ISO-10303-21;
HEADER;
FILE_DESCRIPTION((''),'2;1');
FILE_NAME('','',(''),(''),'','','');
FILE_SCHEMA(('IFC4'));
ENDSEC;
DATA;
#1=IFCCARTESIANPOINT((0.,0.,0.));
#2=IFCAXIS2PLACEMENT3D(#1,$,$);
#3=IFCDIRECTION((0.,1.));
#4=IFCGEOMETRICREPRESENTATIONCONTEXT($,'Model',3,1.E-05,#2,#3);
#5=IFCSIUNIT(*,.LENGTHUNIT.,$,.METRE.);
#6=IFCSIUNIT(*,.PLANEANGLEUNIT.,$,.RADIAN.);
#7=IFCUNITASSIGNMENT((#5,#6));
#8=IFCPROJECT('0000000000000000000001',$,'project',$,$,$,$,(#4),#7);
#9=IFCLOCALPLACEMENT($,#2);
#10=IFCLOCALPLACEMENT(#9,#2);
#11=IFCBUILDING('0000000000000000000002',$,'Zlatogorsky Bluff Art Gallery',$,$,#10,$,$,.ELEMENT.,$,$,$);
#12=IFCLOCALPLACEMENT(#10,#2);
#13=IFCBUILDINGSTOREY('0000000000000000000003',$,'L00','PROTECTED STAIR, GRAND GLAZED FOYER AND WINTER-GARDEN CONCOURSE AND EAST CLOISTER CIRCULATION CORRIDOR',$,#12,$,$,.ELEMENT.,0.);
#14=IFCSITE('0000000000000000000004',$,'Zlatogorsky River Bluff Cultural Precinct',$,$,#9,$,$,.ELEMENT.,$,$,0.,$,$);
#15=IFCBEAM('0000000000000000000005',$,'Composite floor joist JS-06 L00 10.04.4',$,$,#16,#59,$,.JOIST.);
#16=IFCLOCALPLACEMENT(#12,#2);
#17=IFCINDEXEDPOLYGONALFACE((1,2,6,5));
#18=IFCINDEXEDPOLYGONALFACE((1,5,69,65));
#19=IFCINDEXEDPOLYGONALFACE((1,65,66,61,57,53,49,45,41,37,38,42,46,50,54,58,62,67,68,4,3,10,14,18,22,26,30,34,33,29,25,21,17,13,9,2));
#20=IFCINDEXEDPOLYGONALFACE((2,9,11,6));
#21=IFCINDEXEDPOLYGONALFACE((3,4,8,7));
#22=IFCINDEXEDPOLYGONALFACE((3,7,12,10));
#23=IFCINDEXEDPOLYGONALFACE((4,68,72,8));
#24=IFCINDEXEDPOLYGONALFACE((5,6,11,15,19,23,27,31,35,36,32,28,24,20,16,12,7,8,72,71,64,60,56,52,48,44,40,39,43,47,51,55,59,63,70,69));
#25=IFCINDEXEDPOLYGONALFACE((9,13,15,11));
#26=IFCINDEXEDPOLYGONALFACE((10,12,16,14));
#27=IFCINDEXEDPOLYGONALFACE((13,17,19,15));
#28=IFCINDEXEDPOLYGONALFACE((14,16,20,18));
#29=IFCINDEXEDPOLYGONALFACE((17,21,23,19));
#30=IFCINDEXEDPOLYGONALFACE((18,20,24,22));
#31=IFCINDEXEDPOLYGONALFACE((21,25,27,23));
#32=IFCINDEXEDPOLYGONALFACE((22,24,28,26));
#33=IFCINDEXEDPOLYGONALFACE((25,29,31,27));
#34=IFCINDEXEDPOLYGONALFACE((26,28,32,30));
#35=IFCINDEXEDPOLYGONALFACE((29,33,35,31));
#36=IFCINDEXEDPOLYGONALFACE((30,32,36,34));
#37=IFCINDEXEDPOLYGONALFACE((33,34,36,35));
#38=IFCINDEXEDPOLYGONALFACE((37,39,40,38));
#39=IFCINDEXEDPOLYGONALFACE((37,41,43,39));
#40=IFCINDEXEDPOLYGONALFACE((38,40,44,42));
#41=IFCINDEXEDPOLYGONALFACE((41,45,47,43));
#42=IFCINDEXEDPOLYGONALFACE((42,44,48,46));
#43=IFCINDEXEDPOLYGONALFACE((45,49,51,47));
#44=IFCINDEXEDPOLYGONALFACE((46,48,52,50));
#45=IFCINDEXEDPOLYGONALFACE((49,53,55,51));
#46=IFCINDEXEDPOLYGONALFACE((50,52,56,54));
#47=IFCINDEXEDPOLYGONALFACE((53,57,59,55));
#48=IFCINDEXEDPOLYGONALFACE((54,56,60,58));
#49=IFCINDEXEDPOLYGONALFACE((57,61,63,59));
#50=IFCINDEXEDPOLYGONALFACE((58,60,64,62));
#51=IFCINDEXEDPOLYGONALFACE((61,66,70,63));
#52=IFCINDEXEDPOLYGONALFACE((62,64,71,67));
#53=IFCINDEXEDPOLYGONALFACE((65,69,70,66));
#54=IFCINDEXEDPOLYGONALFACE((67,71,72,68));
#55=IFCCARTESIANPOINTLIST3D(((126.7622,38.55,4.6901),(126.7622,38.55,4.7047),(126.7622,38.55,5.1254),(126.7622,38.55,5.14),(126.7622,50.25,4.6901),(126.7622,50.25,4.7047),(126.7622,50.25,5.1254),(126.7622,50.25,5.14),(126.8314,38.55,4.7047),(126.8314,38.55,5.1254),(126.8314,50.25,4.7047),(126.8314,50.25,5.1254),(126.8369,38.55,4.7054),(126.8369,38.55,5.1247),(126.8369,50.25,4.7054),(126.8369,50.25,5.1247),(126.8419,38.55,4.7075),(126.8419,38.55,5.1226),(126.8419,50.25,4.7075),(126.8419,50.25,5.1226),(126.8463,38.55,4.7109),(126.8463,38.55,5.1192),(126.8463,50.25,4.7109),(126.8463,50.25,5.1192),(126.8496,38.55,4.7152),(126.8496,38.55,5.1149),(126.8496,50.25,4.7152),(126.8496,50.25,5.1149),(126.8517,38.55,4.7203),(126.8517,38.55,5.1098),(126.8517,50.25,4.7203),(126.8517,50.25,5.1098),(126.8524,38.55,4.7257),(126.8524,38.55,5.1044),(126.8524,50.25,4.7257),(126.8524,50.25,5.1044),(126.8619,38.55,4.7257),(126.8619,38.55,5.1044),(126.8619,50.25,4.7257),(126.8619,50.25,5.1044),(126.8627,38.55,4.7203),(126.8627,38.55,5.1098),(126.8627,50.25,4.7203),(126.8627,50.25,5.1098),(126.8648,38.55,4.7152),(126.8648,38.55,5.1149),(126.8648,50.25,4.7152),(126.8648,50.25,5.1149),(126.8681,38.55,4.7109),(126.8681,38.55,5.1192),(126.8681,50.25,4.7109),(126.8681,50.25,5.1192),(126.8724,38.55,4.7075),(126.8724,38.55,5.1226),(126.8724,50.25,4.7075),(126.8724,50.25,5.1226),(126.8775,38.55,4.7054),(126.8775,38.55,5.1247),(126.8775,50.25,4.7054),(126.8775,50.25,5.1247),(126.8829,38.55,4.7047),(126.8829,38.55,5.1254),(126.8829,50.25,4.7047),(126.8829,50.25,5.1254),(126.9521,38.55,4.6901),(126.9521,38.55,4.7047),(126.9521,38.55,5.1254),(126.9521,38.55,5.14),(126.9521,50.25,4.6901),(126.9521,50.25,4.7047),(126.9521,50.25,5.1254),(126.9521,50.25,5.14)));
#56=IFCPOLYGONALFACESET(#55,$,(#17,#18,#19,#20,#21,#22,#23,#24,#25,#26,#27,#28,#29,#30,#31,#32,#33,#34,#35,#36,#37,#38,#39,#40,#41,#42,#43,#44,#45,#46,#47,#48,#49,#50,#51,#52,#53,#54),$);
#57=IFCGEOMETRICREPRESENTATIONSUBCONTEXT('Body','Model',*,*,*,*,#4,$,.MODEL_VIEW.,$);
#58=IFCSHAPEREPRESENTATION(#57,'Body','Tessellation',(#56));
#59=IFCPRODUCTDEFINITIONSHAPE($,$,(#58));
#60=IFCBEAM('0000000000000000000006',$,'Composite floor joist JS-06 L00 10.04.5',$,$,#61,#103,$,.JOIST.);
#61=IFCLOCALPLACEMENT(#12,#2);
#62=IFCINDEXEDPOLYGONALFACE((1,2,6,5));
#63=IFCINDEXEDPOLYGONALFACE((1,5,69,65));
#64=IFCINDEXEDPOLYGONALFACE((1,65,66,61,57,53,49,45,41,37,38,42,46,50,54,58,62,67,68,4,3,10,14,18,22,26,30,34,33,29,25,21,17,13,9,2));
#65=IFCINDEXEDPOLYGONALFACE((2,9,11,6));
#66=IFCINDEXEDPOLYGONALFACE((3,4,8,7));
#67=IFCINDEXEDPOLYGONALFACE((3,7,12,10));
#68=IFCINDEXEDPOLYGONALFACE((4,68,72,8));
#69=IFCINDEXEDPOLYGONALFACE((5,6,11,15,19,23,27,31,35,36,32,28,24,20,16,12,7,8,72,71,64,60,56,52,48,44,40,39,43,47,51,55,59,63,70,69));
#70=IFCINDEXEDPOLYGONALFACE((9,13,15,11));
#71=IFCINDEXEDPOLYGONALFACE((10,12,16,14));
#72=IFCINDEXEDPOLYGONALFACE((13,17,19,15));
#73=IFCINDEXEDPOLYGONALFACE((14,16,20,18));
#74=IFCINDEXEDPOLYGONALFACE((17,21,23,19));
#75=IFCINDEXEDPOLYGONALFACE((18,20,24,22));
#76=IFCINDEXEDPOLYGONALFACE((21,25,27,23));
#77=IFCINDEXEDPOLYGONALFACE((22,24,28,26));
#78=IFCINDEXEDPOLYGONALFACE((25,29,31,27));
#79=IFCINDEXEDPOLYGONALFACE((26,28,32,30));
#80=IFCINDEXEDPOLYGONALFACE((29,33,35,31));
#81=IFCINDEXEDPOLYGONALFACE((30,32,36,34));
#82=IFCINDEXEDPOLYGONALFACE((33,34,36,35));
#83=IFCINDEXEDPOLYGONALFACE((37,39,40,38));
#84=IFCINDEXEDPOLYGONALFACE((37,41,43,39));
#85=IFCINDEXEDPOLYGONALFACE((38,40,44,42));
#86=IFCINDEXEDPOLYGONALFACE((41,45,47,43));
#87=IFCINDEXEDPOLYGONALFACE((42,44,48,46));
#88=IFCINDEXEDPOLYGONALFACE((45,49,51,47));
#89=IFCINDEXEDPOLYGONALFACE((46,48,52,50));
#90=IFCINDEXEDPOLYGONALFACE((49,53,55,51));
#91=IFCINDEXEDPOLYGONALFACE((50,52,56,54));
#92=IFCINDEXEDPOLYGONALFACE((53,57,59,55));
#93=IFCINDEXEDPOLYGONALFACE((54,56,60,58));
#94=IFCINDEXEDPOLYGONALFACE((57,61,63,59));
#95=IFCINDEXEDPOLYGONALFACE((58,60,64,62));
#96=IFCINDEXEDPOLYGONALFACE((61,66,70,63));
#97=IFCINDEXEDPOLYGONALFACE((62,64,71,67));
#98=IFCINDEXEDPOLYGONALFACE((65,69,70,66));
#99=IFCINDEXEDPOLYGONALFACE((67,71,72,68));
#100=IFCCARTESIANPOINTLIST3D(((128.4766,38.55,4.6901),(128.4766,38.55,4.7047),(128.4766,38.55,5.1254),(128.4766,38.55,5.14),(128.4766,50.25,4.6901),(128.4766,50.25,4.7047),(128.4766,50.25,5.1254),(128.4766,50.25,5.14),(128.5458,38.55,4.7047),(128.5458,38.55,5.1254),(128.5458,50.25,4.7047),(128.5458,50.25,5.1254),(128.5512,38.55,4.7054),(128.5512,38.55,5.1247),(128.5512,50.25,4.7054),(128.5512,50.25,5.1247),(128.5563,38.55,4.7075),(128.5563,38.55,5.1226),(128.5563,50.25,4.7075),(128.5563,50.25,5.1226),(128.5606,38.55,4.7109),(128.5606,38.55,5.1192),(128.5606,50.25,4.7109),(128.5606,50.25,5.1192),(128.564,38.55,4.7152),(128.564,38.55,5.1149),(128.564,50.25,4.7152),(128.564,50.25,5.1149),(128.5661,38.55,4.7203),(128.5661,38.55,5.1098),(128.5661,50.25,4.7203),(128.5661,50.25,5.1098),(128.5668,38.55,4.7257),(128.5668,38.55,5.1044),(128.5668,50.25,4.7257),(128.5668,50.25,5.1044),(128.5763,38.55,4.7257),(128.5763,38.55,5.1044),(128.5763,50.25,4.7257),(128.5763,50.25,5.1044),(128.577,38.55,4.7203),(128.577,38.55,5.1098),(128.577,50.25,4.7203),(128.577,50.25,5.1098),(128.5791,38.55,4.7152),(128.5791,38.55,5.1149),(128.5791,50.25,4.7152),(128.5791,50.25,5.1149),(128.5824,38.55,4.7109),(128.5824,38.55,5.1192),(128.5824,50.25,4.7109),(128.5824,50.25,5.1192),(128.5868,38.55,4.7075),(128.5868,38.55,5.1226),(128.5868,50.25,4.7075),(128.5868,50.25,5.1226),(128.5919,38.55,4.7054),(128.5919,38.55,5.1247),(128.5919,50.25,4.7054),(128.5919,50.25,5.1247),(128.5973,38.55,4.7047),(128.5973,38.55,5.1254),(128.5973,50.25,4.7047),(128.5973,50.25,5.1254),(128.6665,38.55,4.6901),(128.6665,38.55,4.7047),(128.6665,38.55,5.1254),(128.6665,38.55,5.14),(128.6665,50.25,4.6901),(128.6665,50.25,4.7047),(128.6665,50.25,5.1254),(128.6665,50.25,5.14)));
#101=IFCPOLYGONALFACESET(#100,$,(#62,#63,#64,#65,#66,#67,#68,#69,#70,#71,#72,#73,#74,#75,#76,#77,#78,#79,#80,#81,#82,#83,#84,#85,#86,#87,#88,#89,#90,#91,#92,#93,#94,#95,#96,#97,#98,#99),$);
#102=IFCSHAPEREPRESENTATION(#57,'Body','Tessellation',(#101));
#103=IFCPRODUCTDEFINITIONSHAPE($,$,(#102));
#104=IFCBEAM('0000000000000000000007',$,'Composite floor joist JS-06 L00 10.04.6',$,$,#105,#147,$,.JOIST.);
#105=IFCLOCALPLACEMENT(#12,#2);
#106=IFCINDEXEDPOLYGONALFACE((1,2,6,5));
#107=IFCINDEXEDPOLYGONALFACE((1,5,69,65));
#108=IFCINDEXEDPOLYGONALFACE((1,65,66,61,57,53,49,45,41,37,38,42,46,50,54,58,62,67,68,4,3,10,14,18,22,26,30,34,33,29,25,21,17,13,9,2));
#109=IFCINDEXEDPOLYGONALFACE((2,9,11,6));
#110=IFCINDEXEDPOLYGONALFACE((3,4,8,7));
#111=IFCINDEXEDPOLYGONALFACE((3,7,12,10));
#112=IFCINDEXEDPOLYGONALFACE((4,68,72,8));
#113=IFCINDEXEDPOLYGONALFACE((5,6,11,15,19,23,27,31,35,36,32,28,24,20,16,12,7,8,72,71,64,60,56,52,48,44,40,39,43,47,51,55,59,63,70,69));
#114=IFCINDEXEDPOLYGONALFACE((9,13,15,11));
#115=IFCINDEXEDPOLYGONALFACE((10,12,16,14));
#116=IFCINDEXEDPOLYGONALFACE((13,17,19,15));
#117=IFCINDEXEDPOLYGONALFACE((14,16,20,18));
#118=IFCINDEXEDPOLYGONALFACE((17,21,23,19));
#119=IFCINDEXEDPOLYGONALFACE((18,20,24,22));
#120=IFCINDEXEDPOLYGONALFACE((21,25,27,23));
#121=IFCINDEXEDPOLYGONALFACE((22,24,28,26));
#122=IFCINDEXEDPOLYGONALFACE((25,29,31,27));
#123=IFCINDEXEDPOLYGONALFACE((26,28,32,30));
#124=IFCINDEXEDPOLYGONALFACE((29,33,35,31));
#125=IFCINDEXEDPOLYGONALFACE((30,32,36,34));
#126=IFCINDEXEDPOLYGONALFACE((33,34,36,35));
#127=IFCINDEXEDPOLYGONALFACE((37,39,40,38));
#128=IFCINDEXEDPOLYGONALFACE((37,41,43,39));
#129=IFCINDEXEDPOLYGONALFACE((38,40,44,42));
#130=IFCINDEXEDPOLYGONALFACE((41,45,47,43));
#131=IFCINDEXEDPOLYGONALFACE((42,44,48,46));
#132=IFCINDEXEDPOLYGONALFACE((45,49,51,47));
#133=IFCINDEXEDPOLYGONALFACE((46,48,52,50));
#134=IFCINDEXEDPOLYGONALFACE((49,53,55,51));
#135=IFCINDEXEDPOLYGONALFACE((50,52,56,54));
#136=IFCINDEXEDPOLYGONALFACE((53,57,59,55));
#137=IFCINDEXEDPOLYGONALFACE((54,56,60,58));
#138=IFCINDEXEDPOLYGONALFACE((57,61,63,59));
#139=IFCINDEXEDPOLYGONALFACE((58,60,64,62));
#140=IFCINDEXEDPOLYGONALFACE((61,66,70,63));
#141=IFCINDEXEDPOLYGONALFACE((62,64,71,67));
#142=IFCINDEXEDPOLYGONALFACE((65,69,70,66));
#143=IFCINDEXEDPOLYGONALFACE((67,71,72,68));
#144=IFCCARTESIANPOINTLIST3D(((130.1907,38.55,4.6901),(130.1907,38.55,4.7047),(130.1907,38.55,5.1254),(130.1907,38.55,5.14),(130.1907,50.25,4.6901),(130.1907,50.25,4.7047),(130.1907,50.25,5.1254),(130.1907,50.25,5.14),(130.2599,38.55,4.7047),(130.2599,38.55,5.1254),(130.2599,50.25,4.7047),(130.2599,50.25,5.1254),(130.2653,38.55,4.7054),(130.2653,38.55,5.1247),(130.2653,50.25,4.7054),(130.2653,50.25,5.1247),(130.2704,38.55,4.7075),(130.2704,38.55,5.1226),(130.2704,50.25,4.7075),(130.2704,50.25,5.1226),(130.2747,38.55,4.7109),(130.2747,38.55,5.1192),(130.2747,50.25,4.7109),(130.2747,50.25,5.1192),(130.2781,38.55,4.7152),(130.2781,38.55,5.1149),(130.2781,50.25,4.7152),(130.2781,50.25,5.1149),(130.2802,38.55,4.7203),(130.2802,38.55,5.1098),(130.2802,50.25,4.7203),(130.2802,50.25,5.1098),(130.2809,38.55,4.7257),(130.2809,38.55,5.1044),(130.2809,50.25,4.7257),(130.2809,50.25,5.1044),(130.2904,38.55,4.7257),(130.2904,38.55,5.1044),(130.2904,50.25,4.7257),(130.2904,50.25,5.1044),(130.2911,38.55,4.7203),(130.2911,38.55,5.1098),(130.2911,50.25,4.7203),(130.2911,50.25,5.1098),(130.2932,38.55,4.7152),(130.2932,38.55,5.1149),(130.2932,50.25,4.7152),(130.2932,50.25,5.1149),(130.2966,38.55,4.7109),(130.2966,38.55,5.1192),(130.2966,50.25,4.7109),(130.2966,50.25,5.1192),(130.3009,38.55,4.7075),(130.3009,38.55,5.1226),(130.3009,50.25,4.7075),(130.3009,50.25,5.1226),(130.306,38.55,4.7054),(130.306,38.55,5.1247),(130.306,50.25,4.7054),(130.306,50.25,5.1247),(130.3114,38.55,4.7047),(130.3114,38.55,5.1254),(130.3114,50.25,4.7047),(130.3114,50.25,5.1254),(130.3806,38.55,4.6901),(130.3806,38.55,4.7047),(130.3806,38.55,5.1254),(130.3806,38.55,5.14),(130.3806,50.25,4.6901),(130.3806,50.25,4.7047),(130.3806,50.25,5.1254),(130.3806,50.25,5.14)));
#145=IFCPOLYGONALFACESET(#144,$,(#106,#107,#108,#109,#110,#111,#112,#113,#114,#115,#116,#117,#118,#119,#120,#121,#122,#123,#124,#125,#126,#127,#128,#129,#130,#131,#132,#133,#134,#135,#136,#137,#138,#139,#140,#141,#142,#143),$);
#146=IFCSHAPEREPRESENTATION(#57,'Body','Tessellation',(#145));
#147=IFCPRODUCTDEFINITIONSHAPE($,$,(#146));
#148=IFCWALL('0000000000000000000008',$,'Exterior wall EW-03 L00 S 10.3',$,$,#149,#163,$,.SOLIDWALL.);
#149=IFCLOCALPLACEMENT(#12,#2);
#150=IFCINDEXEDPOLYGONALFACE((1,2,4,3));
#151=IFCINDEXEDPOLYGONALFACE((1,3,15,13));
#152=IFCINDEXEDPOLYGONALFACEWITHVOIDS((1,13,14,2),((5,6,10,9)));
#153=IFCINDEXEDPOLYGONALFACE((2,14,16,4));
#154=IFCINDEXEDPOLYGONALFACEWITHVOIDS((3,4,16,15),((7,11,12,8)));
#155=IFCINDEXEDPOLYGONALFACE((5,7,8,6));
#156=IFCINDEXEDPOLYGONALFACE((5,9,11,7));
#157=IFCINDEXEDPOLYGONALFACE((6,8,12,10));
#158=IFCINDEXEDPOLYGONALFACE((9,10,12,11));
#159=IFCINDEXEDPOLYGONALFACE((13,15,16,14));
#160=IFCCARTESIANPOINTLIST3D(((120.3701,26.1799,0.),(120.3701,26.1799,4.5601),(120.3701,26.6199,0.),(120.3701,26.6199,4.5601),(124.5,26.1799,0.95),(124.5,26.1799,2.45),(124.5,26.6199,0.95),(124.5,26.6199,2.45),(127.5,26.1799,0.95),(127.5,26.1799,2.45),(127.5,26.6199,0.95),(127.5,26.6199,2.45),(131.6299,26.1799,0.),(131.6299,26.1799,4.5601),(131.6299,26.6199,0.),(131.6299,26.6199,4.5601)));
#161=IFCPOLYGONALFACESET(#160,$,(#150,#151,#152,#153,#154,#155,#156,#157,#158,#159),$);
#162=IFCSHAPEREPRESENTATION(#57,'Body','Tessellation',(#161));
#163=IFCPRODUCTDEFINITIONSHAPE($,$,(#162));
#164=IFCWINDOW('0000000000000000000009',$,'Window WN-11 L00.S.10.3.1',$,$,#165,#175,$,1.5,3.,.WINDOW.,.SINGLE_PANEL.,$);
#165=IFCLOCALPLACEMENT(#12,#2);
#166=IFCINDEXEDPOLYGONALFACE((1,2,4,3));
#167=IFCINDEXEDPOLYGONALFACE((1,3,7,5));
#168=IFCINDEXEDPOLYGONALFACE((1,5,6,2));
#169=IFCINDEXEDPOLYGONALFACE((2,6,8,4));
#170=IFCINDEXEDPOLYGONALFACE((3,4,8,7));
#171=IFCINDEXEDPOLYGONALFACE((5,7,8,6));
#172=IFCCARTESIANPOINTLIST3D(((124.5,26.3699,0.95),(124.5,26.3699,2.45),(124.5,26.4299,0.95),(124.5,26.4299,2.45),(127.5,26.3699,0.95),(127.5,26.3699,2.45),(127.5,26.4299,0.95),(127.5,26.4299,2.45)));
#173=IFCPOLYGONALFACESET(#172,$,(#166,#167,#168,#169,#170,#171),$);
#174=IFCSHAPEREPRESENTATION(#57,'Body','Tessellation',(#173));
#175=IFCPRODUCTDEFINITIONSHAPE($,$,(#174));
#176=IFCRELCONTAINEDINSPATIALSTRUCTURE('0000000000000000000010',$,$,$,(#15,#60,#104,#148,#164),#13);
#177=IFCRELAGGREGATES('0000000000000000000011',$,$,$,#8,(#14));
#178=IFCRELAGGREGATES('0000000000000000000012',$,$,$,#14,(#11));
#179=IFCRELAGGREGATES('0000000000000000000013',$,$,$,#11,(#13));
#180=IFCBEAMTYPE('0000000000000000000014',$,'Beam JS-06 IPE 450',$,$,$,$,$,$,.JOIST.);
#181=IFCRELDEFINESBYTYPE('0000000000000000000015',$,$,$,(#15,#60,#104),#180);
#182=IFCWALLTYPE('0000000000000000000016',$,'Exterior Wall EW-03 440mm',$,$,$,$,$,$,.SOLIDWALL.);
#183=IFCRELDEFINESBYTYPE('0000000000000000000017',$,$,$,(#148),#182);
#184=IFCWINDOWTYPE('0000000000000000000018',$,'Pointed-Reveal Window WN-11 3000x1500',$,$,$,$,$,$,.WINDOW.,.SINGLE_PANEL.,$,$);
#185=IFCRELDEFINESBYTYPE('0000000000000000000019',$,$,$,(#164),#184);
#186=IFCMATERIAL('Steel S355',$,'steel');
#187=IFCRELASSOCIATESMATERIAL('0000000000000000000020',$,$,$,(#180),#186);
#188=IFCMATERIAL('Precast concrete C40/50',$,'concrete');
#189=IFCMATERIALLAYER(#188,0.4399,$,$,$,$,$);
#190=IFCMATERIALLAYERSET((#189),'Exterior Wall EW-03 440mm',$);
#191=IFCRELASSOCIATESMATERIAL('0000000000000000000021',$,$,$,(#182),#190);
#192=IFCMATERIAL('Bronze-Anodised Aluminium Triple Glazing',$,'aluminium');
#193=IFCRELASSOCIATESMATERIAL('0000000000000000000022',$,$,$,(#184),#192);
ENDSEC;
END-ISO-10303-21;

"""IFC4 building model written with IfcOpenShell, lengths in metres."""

from ifc_helpers import new_model, si_unit, direction, frame, frame_2d, origin, origin_2d, place, context, subcontext, project, spatial, rectangle, i_section, extrude, material, layer, layer_set, material_profile, profile_set, type_object, element, fill, save


model = new_model("IFC4")

# Units and contexts
model_context = context("Model", 3, precision=1e-05, world=origin(), true_north=direction((0.0, 1.0)))
body_context = subcontext(model_context, "Body", "Model", "MODEL_VIEW")
ifc_project = project(units=[si_unit("LENGTHUNIT", "METRE"), si_unit("PLANEANGLEUNIT", "RADIAN")], contexts=[model_context])

# Site, building, storey
site_placement = place(None, origin())
site = spatial("IfcSite", under=ifc_project, at=site_placement, Name="Zlatogorsky River Bluff Cultural Precinct", CompositionType="ELEMENT", RefElevation=0.0)
building_placement = place(site_placement, origin())
building = spatial("IfcBuilding", under=site, at=building_placement, Name="Zlatogorsky Bluff Art Gallery", CompositionType="ELEMENT")
storey_placement = place(building_placement, origin())
storey = spatial("IfcBuildingStorey", under=building, at=storey_placement, Name="L00", Description="PROTECTED STAIR, GRAND GLAZED FOYER AND WINTER-GARDEN CONCOURSE AND EAST CLOISTER CIRCULATION CORRIDOR", CompositionType="ELEMENT", Elevation=0.0)

# Beams
ifc_material_1 = material(Name="Steel S355", Category="steel")
ifc_material_profile_1 = material_profile(ifc_material_1, i_section(OverallWidth=0.1899, OverallDepth=0.45, WebThickness=0.0095, FlangeThickness=0.0146, FilletRadius=0.021, at=origin_2d()), Name="IPE 450")
ifc_profile_set_1 = profile_set([ifc_material_profile_1], Name="Steel S355")
beam_type_1 = type_object("IfcBeamType", Name="Beam JS-06 IPE 450", PredefinedType="JOIST", material=ifc_profile_set_1)
for number, where, z_axis, x_axis, name in (
    (1, (126.8572, 38.55, 4.915), (0.0, 1.0, 0.0), (-1.0, 0.0, 0.0), "Composite floor joist JS-06 L00 10.04.4"),
    (2, (128.5715, 38.55, 4.915), (0.0, 1.0, 0.0), (-1.0, 0.0, 0.0), "Composite floor joist JS-06 L00 10.04.5"),
    (3, (130.2856, 38.55, 4.915), (0.0, 1.0, 0.0), (-1.0, 0.0, 0.0), "Composite floor joist JS-06 L00 10.04.6"),
):
    element("IfcBeam", number, at=place(storey_placement, frame(where, z_axis=z_axis, x_axis=x_axis)), inside=storey, type_object=beam_type_1, Name=name, PredefinedType="JOIST", context=body_context, shape_type="SweptSolid", body=[
        extrude(i_section(OverallWidth=0.1899, OverallDepth=0.45, WebThickness=0.0095, FlangeThickness=0.0146, FilletRadius=0.021, at=origin_2d()), origin(), (0.0, 0.0, 1.0), 11.7),
    ])

# Wall, opening, window
ifc_material_2 = material(Name="Precast concrete C40/50", Category="concrete")
ifc_layer = layer(ifc_material_2, 0.4399)
ifc_layer_set = layer_set([ifc_layer], Name="Exterior Wall EW-03 440mm")
wall_type = type_object("IfcWallType", Name="Exterior Wall EW-03 440mm", PredefinedType="SOLIDWALL", material=ifc_layer_set)
wall_1_placement = place(storey_placement, frame((120.3701, 26.3999, 0.0), z_axis=(0.0, 0.0, 1.0), x_axis=(1.0, 0.0, 0.0)))
wall_1 = element("IfcWall", 4, at=wall_1_placement, inside=storey, type_object=wall_type, Name="Exterior wall EW-03 L00 S 10.3", PredefinedType="SOLIDWALL", context=body_context, shape_type="SweptSolid", body=[
    extrude(rectangle(XDim=11.2598, YDim=0.4399, at=frame_2d((5.6299, 0.0))), origin(), (0.0, 0.0, 1.0), 4.5601),
])
opening_1_placement = place(wall_1_placement, frame((4.1299, 0.0, 0.95)))
opening_1 = element("IfcOpeningElement", 5, at=opening_1_placement, cuts=wall_1, PredefinedType="OPENING", context=body_context, shape_type="SweptSolid", body=[
    extrude(rectangle(XDim=3.0, YDim=1.5, at=frame_2d((1.5, 0.75))), frame((0.0, 0.23, 0.0), z_axis=(0.0, -1.0, 0.0), x_axis=(1.0, 0.0, 0.0)), (0.0, 0.0, 1.0), 0.46),
])
ifc_material_3 = material(Name="Bronze-Anodised Aluminium Triple Glazing", Category="aluminium")
window_type_1 = type_object("IfcWindowType", Name="Pointed-Reveal Window WN-11 3000x1500", PartitioningType="SINGLE_PANEL", PredefinedType="WINDOW", material=ifc_material_3)
window_1_placement = place(opening_1_placement, origin())
window_1 = element("IfcWindow", 6, at=window_1_placement, inside=storey, type_object=window_type_1, Name="Window WN-11 L00.S.10.3.1", OverallHeight=1.5, OverallWidth=3.0, PartitioningType="SINGLE_PANEL", PredefinedType="WINDOW", context=body_context, shape_type="SweptSolid", body=[
    extrude(rectangle(XDim=3.0, YDim=1.5, at=frame_2d((1.5, 0.75))), frame((0.0, 0.03, 0.0), z_axis=(0.0, -1.0, 0.0), x_axis=(1.0, 0.0, 0.0)), (0.0, 0.0, 1.0), 0.0601),
])
fill(opening_1, window_1)

save(model, "model.ifc")
